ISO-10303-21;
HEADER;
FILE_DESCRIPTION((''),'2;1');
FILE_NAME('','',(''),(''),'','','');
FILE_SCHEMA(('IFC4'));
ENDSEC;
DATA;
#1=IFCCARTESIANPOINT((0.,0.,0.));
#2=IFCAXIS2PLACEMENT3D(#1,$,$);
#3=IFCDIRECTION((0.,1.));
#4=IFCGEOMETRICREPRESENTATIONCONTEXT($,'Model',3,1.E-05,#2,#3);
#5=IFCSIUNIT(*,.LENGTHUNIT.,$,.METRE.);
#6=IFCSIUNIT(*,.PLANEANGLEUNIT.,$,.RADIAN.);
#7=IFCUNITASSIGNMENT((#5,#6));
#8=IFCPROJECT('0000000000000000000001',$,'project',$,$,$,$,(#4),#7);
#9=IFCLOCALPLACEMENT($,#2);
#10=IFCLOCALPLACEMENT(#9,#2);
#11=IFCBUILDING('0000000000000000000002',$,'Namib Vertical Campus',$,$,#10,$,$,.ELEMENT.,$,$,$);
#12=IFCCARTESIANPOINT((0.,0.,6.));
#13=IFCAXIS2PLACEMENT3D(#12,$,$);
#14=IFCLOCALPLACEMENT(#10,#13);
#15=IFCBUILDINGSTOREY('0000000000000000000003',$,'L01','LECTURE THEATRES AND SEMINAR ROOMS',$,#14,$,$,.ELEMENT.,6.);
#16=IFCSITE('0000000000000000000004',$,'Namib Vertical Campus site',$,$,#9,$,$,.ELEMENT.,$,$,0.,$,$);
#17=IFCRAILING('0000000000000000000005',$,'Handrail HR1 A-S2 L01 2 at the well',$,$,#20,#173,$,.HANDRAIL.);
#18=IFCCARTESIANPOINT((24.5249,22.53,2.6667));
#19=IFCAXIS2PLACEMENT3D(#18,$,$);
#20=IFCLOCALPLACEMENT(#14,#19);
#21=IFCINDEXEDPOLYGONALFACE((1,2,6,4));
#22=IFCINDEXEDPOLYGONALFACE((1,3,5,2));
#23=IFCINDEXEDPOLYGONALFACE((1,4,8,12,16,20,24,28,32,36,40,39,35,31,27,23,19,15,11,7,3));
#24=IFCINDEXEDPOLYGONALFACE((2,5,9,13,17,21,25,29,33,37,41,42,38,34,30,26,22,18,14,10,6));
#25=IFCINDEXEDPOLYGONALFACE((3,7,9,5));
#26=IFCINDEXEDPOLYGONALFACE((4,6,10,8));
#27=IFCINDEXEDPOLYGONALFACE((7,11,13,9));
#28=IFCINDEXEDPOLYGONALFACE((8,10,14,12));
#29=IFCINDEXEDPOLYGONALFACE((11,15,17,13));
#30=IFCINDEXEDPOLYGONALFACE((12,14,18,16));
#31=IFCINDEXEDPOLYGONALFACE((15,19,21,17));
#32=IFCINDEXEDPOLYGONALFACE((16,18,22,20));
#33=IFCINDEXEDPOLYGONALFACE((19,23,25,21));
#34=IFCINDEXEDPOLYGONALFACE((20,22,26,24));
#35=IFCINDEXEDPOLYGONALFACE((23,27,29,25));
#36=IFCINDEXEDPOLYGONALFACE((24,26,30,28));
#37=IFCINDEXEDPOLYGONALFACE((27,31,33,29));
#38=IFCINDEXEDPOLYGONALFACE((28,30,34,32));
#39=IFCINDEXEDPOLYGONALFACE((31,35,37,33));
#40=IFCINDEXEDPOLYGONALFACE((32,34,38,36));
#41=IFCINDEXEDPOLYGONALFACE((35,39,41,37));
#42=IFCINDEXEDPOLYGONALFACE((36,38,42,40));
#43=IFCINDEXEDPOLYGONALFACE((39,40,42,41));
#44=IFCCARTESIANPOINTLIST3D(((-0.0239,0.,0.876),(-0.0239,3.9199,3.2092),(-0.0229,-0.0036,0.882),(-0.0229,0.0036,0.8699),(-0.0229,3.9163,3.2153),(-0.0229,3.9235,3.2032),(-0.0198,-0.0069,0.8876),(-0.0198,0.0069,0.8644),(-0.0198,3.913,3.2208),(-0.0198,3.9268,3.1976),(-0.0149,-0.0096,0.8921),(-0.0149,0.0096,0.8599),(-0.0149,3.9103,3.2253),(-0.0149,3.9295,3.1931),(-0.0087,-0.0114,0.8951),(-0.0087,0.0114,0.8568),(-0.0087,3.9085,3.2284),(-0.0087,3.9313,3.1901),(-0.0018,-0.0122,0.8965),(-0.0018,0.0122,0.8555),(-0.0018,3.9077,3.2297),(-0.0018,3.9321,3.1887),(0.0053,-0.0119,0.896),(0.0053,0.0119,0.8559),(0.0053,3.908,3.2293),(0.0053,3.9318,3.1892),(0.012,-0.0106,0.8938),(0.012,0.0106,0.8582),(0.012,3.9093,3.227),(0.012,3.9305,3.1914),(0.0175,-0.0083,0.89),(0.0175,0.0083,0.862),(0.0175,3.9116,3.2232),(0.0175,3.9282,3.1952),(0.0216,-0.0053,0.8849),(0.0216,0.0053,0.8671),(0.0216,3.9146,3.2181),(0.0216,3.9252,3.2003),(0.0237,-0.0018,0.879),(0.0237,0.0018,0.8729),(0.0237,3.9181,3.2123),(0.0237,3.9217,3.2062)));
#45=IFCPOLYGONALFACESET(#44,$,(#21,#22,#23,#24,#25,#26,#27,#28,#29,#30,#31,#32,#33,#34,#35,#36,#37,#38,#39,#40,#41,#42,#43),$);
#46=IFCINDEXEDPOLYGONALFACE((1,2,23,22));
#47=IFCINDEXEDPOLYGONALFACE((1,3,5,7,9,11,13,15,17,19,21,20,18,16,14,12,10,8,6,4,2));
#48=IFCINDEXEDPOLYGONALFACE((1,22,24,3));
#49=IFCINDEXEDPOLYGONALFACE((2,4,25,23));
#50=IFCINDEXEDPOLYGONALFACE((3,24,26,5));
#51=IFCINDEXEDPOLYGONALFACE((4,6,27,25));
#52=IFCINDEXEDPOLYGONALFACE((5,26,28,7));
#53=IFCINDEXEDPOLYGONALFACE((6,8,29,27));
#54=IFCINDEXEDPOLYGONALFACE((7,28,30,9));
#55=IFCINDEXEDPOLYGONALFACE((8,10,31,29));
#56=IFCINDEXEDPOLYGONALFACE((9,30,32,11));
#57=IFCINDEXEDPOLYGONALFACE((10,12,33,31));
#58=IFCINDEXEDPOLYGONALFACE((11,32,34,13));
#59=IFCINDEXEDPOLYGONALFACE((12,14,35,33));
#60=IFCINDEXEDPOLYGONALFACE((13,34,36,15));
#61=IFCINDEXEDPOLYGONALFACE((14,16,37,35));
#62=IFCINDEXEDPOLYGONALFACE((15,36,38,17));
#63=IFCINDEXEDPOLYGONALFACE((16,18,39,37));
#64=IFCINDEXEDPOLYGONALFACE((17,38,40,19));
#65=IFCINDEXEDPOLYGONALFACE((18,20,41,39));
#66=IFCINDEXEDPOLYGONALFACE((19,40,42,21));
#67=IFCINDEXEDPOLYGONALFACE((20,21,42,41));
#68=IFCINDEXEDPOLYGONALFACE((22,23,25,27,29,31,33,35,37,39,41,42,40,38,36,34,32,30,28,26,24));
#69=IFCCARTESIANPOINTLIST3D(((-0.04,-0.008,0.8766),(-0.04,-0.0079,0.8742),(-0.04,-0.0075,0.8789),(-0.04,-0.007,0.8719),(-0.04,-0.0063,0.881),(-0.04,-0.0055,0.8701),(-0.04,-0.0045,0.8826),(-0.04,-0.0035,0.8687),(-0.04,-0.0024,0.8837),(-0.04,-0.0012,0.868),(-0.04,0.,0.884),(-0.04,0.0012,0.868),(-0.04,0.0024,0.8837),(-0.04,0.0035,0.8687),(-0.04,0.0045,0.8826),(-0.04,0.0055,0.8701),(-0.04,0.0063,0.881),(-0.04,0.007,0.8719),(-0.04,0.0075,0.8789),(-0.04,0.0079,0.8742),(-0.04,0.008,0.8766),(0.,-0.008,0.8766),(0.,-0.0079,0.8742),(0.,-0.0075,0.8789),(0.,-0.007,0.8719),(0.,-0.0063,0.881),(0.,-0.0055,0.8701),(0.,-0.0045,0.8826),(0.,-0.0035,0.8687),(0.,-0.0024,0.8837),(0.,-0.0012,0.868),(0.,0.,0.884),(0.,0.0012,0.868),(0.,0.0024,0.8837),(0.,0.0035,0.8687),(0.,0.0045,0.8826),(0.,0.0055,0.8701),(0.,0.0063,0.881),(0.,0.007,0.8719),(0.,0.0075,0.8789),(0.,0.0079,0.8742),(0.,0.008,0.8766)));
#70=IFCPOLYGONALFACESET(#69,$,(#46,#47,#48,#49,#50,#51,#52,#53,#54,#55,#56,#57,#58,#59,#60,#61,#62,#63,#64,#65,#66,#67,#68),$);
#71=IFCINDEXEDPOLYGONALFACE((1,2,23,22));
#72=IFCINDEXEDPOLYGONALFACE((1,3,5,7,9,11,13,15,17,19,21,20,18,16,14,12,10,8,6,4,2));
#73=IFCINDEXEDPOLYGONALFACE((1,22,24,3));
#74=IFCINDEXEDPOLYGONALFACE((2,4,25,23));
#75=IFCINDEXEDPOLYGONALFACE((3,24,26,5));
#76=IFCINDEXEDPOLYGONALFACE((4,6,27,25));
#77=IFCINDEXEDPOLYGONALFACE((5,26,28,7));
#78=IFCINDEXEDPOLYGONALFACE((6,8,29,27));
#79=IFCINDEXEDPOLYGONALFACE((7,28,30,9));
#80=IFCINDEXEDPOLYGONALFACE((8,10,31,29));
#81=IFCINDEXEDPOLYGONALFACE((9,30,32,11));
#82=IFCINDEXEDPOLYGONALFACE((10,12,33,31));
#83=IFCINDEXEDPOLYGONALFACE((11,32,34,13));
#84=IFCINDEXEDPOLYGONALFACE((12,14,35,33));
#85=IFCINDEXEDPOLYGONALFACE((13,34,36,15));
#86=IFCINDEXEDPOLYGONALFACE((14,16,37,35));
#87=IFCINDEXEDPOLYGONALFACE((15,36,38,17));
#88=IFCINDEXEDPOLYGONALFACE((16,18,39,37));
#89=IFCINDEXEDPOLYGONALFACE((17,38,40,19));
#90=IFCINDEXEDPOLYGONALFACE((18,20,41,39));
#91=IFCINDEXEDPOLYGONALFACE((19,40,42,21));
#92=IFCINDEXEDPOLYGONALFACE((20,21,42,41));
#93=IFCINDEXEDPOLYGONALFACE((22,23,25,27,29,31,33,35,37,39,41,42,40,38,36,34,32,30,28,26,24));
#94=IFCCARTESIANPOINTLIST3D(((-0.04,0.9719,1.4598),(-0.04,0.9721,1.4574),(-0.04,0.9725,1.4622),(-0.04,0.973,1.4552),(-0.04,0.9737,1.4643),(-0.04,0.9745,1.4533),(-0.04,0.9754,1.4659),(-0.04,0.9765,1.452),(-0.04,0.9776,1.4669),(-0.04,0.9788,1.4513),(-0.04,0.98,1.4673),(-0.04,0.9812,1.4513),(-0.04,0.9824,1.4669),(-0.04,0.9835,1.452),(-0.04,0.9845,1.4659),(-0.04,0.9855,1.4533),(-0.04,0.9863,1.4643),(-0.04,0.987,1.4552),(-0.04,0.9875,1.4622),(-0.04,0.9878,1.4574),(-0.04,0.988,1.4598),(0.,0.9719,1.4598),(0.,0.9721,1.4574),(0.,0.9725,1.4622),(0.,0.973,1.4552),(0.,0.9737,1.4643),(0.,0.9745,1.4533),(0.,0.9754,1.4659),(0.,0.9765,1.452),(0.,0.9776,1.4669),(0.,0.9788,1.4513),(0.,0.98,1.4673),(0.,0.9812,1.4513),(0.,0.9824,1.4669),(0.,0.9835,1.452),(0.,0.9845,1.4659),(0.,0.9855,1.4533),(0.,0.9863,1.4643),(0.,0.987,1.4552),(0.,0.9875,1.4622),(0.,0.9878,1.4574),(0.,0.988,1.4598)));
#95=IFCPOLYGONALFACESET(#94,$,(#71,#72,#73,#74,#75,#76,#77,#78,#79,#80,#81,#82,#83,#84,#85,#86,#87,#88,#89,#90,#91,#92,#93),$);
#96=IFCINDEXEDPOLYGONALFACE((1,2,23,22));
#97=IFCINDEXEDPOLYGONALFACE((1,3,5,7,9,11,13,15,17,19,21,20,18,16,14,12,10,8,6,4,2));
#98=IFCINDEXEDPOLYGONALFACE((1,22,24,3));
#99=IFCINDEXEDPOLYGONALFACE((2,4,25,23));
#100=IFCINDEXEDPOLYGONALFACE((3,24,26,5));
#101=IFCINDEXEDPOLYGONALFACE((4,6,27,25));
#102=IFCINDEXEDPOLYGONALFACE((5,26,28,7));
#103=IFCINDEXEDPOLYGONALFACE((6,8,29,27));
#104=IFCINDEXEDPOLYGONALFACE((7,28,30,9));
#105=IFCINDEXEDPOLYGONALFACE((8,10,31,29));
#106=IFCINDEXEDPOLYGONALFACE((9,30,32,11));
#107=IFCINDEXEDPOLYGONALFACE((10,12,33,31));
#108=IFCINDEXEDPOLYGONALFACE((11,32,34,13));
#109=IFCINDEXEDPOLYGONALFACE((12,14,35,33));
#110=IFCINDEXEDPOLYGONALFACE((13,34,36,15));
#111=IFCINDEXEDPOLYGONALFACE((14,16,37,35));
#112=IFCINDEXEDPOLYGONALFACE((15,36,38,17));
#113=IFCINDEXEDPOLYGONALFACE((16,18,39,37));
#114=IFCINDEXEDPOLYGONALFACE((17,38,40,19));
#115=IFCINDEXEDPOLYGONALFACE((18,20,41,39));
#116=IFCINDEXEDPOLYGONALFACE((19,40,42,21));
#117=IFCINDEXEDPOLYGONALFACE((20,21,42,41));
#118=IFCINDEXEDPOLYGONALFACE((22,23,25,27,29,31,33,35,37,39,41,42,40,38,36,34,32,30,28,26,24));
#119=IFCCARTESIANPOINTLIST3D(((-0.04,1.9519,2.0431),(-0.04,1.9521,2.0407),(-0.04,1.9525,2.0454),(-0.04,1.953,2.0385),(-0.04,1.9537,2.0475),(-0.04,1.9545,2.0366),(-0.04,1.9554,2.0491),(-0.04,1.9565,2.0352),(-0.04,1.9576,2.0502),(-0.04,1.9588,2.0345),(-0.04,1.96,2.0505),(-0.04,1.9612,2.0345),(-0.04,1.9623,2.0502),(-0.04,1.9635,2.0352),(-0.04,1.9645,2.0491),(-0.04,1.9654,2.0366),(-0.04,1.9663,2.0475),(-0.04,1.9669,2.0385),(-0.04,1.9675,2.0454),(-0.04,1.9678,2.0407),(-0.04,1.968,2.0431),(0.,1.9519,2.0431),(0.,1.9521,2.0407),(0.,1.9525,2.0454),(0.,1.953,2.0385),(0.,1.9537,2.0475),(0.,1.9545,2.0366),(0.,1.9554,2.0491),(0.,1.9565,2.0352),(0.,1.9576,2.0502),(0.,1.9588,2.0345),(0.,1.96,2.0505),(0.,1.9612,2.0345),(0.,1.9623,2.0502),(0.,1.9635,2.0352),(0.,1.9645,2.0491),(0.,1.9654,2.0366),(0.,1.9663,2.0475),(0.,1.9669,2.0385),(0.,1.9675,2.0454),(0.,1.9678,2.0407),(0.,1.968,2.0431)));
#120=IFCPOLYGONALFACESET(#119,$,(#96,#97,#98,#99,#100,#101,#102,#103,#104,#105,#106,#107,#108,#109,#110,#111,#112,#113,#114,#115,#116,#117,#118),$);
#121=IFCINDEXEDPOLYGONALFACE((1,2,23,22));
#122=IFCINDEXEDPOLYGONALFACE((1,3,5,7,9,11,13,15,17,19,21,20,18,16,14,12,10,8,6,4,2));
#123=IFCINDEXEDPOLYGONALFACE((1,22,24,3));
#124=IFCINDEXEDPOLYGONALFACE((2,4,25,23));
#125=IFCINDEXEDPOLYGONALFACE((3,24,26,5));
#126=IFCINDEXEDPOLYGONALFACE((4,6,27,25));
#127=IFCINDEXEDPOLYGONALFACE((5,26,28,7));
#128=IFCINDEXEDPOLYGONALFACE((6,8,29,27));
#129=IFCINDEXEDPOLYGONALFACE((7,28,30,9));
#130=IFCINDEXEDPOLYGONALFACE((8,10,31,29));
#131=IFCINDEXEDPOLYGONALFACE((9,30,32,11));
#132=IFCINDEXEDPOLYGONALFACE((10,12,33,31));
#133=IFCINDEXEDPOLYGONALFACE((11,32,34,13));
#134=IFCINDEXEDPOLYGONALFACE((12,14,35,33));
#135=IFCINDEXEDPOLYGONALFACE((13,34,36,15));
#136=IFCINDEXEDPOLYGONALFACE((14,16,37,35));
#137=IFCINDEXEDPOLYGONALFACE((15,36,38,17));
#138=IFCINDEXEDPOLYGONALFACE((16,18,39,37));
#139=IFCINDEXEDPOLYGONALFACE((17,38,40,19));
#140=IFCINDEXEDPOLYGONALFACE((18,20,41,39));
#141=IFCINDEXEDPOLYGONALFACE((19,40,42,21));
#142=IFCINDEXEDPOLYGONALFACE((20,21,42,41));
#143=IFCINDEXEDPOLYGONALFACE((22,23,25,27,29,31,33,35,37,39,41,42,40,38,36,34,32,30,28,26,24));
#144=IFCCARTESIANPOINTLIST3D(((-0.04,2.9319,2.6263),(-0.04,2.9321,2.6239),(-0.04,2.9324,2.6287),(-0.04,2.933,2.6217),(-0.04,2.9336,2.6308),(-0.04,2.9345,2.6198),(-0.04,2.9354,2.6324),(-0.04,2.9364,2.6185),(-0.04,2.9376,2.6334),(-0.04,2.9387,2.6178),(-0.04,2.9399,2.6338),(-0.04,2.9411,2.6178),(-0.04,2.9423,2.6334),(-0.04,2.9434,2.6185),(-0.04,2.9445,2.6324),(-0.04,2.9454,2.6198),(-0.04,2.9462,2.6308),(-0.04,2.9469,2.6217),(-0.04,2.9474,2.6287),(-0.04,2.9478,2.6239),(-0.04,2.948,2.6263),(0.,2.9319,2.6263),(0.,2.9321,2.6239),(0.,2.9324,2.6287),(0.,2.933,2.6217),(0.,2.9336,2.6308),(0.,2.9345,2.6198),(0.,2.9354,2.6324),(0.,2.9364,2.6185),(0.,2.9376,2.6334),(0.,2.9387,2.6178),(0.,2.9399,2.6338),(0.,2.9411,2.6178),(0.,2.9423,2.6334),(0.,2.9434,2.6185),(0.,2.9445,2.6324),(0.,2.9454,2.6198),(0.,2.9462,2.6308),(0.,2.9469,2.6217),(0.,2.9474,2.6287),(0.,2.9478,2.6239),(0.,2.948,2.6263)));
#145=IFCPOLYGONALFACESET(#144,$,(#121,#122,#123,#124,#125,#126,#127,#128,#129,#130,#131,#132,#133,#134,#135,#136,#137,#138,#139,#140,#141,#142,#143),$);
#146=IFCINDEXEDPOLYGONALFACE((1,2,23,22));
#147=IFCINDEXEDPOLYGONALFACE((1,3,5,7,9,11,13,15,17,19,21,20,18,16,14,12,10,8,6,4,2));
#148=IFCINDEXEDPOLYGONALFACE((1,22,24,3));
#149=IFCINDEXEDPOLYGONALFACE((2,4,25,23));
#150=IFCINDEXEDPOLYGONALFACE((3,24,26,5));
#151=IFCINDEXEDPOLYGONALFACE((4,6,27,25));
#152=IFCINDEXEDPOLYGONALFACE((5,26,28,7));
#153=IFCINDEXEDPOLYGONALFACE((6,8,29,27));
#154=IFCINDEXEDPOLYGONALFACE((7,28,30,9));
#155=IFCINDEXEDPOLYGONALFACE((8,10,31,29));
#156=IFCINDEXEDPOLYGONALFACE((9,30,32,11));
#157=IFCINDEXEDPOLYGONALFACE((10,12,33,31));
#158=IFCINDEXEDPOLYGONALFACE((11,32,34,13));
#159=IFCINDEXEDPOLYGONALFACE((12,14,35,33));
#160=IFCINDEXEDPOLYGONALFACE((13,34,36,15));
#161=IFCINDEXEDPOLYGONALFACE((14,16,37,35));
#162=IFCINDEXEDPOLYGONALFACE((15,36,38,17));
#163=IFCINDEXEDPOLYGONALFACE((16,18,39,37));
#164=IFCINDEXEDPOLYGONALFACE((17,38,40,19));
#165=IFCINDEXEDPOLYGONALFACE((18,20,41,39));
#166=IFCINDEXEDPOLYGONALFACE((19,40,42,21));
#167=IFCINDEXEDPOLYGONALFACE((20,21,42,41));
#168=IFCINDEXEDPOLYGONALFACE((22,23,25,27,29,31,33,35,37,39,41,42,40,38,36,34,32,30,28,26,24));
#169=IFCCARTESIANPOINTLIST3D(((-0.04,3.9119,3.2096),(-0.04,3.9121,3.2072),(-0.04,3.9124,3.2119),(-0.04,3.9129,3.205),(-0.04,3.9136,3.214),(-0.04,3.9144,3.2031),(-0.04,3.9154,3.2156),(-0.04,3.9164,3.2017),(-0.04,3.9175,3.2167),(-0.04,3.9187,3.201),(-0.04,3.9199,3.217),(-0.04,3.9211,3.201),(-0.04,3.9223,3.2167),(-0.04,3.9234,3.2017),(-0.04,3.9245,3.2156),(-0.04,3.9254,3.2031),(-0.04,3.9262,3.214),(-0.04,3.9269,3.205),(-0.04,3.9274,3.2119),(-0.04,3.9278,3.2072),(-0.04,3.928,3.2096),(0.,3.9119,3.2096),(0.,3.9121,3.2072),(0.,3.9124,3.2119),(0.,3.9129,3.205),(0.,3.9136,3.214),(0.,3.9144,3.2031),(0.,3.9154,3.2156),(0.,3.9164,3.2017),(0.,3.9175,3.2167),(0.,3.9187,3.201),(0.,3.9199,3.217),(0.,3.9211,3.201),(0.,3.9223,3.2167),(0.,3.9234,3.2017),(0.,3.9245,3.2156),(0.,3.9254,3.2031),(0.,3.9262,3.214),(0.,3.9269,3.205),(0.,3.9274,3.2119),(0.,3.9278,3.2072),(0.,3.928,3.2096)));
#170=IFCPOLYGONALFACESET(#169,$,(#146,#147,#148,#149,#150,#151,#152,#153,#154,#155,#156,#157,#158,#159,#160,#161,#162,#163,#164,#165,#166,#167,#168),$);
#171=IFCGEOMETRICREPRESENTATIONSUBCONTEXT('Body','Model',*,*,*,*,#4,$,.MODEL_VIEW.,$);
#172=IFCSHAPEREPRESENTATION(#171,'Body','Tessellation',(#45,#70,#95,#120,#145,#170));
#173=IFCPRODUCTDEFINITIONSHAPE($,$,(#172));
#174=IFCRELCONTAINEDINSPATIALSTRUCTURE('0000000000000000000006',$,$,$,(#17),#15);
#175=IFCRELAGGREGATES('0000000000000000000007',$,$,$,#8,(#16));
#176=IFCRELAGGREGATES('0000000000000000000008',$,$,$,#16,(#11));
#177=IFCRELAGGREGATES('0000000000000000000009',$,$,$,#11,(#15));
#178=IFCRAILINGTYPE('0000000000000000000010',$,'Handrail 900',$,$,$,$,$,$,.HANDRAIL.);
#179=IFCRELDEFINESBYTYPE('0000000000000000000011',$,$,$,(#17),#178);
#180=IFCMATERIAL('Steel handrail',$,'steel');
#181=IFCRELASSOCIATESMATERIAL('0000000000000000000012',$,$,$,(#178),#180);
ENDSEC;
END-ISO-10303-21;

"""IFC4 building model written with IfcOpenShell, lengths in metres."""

from ifc_helpers import new_model, si_unit, direction, frame, origin, origin_2d, place, context, subcontext, project, spatial, circle, extrude, material, type_object, element, save


model = new_model("IFC4")

# Units and contexts
model_context = context("Model", 3, precision=1e-05, world=origin(), true_north=direction((0.0, 1.0)))
body_context = subcontext(model_context, "Body", "Model", "MODEL_VIEW")
ifc_project = project(units=[si_unit("LENGTHUNIT", "METRE"), si_unit("PLANEANGLEUNIT", "RADIAN")], contexts=[model_context])

# Site, building, storey
site_placement = place(None, origin())
site = spatial("IfcSite", under=ifc_project, at=site_placement, Name="Namib Vertical Campus site", CompositionType="ELEMENT", RefElevation=0.0)
building_placement = place(site_placement, origin())
building = spatial("IfcBuilding", under=site, at=building_placement, Name="Namib Vertical Campus", CompositionType="ELEMENT")
storey_placement = place(building_placement, frame((0.0, 0.0, 6.0)))
storey = spatial("IfcBuildingStorey", under=building, at=storey_placement, Name="L01", Description="LECTURE THEATRES AND SEMINAR ROOMS", CompositionType="ELEMENT", Elevation=6.0)

# Railing
ifc_material_1 = material(Name="Steel handrail", Category="steel")
railing_type_1 = type_object("IfcRailingType", Name="Handrail 900", PredefinedType="HANDRAIL", material=ifc_material_1)
railing_1_placement = place(storey_placement, frame((24.5249, 22.53, 2.6667)))
element("IfcRailing", 1, at=railing_1_placement, inside=storey, type_object=railing_type_1, Name="Handrail HR1 A-S2 L01 2 at the well", PredefinedType="HANDRAIL", context=body_context, shape_type="SweptSolid", body=[
    extrude(circle(Radius=0.0239, at=origin_2d()), frame((0.0, 0.0, 0.876), z_axis=(0.0, 0.859296, 0.511478), x_axis=(-1.0, 0.0, 0.0)), (0.0, 0.0, 1.0), 4.5618),
    extrude(circle(Radius=0.0081, at=origin_2d()), frame((0.0, 0.0, 0.876), z_axis=(-1.0, 0.0, 0.0), x_axis=(0.0, 0.0, 1.0)), (0.0, 0.0, 1.0), 0.04),
    extrude(circle(Radius=0.0081, at=origin_2d()), frame((0.0, 0.98, 1.4592), z_axis=(-1.0, 0.0, 0.0), x_axis=(0.0, 0.0, 1.0)), (0.0, 0.0, 1.0), 0.04),
    extrude(circle(Radius=0.0081, at=origin_2d()), frame((0.0, 1.96, 2.0425), z_axis=(-1.0, 0.0, 0.0), x_axis=(0.0, 0.0, 1.0)), (0.0, 0.0, 1.0), 0.04),
    extrude(circle(Radius=0.0081, at=origin_2d()), frame((0.0, 2.9399, 2.6257), z_axis=(-1.0, 0.0, 0.0), x_axis=(0.0, 0.0, 1.0)), (0.0, 0.0, 1.0), 0.04),
    extrude(circle(Radius=0.0081, at=origin_2d()), frame((0.0, 3.9199, 3.209), z_axis=(-1.0, 0.0, 0.0), x_axis=(0.0, 0.0, 1.0)), (0.0, 0.0, 1.0), 0.04),
])

save(model, "model.ifc")
